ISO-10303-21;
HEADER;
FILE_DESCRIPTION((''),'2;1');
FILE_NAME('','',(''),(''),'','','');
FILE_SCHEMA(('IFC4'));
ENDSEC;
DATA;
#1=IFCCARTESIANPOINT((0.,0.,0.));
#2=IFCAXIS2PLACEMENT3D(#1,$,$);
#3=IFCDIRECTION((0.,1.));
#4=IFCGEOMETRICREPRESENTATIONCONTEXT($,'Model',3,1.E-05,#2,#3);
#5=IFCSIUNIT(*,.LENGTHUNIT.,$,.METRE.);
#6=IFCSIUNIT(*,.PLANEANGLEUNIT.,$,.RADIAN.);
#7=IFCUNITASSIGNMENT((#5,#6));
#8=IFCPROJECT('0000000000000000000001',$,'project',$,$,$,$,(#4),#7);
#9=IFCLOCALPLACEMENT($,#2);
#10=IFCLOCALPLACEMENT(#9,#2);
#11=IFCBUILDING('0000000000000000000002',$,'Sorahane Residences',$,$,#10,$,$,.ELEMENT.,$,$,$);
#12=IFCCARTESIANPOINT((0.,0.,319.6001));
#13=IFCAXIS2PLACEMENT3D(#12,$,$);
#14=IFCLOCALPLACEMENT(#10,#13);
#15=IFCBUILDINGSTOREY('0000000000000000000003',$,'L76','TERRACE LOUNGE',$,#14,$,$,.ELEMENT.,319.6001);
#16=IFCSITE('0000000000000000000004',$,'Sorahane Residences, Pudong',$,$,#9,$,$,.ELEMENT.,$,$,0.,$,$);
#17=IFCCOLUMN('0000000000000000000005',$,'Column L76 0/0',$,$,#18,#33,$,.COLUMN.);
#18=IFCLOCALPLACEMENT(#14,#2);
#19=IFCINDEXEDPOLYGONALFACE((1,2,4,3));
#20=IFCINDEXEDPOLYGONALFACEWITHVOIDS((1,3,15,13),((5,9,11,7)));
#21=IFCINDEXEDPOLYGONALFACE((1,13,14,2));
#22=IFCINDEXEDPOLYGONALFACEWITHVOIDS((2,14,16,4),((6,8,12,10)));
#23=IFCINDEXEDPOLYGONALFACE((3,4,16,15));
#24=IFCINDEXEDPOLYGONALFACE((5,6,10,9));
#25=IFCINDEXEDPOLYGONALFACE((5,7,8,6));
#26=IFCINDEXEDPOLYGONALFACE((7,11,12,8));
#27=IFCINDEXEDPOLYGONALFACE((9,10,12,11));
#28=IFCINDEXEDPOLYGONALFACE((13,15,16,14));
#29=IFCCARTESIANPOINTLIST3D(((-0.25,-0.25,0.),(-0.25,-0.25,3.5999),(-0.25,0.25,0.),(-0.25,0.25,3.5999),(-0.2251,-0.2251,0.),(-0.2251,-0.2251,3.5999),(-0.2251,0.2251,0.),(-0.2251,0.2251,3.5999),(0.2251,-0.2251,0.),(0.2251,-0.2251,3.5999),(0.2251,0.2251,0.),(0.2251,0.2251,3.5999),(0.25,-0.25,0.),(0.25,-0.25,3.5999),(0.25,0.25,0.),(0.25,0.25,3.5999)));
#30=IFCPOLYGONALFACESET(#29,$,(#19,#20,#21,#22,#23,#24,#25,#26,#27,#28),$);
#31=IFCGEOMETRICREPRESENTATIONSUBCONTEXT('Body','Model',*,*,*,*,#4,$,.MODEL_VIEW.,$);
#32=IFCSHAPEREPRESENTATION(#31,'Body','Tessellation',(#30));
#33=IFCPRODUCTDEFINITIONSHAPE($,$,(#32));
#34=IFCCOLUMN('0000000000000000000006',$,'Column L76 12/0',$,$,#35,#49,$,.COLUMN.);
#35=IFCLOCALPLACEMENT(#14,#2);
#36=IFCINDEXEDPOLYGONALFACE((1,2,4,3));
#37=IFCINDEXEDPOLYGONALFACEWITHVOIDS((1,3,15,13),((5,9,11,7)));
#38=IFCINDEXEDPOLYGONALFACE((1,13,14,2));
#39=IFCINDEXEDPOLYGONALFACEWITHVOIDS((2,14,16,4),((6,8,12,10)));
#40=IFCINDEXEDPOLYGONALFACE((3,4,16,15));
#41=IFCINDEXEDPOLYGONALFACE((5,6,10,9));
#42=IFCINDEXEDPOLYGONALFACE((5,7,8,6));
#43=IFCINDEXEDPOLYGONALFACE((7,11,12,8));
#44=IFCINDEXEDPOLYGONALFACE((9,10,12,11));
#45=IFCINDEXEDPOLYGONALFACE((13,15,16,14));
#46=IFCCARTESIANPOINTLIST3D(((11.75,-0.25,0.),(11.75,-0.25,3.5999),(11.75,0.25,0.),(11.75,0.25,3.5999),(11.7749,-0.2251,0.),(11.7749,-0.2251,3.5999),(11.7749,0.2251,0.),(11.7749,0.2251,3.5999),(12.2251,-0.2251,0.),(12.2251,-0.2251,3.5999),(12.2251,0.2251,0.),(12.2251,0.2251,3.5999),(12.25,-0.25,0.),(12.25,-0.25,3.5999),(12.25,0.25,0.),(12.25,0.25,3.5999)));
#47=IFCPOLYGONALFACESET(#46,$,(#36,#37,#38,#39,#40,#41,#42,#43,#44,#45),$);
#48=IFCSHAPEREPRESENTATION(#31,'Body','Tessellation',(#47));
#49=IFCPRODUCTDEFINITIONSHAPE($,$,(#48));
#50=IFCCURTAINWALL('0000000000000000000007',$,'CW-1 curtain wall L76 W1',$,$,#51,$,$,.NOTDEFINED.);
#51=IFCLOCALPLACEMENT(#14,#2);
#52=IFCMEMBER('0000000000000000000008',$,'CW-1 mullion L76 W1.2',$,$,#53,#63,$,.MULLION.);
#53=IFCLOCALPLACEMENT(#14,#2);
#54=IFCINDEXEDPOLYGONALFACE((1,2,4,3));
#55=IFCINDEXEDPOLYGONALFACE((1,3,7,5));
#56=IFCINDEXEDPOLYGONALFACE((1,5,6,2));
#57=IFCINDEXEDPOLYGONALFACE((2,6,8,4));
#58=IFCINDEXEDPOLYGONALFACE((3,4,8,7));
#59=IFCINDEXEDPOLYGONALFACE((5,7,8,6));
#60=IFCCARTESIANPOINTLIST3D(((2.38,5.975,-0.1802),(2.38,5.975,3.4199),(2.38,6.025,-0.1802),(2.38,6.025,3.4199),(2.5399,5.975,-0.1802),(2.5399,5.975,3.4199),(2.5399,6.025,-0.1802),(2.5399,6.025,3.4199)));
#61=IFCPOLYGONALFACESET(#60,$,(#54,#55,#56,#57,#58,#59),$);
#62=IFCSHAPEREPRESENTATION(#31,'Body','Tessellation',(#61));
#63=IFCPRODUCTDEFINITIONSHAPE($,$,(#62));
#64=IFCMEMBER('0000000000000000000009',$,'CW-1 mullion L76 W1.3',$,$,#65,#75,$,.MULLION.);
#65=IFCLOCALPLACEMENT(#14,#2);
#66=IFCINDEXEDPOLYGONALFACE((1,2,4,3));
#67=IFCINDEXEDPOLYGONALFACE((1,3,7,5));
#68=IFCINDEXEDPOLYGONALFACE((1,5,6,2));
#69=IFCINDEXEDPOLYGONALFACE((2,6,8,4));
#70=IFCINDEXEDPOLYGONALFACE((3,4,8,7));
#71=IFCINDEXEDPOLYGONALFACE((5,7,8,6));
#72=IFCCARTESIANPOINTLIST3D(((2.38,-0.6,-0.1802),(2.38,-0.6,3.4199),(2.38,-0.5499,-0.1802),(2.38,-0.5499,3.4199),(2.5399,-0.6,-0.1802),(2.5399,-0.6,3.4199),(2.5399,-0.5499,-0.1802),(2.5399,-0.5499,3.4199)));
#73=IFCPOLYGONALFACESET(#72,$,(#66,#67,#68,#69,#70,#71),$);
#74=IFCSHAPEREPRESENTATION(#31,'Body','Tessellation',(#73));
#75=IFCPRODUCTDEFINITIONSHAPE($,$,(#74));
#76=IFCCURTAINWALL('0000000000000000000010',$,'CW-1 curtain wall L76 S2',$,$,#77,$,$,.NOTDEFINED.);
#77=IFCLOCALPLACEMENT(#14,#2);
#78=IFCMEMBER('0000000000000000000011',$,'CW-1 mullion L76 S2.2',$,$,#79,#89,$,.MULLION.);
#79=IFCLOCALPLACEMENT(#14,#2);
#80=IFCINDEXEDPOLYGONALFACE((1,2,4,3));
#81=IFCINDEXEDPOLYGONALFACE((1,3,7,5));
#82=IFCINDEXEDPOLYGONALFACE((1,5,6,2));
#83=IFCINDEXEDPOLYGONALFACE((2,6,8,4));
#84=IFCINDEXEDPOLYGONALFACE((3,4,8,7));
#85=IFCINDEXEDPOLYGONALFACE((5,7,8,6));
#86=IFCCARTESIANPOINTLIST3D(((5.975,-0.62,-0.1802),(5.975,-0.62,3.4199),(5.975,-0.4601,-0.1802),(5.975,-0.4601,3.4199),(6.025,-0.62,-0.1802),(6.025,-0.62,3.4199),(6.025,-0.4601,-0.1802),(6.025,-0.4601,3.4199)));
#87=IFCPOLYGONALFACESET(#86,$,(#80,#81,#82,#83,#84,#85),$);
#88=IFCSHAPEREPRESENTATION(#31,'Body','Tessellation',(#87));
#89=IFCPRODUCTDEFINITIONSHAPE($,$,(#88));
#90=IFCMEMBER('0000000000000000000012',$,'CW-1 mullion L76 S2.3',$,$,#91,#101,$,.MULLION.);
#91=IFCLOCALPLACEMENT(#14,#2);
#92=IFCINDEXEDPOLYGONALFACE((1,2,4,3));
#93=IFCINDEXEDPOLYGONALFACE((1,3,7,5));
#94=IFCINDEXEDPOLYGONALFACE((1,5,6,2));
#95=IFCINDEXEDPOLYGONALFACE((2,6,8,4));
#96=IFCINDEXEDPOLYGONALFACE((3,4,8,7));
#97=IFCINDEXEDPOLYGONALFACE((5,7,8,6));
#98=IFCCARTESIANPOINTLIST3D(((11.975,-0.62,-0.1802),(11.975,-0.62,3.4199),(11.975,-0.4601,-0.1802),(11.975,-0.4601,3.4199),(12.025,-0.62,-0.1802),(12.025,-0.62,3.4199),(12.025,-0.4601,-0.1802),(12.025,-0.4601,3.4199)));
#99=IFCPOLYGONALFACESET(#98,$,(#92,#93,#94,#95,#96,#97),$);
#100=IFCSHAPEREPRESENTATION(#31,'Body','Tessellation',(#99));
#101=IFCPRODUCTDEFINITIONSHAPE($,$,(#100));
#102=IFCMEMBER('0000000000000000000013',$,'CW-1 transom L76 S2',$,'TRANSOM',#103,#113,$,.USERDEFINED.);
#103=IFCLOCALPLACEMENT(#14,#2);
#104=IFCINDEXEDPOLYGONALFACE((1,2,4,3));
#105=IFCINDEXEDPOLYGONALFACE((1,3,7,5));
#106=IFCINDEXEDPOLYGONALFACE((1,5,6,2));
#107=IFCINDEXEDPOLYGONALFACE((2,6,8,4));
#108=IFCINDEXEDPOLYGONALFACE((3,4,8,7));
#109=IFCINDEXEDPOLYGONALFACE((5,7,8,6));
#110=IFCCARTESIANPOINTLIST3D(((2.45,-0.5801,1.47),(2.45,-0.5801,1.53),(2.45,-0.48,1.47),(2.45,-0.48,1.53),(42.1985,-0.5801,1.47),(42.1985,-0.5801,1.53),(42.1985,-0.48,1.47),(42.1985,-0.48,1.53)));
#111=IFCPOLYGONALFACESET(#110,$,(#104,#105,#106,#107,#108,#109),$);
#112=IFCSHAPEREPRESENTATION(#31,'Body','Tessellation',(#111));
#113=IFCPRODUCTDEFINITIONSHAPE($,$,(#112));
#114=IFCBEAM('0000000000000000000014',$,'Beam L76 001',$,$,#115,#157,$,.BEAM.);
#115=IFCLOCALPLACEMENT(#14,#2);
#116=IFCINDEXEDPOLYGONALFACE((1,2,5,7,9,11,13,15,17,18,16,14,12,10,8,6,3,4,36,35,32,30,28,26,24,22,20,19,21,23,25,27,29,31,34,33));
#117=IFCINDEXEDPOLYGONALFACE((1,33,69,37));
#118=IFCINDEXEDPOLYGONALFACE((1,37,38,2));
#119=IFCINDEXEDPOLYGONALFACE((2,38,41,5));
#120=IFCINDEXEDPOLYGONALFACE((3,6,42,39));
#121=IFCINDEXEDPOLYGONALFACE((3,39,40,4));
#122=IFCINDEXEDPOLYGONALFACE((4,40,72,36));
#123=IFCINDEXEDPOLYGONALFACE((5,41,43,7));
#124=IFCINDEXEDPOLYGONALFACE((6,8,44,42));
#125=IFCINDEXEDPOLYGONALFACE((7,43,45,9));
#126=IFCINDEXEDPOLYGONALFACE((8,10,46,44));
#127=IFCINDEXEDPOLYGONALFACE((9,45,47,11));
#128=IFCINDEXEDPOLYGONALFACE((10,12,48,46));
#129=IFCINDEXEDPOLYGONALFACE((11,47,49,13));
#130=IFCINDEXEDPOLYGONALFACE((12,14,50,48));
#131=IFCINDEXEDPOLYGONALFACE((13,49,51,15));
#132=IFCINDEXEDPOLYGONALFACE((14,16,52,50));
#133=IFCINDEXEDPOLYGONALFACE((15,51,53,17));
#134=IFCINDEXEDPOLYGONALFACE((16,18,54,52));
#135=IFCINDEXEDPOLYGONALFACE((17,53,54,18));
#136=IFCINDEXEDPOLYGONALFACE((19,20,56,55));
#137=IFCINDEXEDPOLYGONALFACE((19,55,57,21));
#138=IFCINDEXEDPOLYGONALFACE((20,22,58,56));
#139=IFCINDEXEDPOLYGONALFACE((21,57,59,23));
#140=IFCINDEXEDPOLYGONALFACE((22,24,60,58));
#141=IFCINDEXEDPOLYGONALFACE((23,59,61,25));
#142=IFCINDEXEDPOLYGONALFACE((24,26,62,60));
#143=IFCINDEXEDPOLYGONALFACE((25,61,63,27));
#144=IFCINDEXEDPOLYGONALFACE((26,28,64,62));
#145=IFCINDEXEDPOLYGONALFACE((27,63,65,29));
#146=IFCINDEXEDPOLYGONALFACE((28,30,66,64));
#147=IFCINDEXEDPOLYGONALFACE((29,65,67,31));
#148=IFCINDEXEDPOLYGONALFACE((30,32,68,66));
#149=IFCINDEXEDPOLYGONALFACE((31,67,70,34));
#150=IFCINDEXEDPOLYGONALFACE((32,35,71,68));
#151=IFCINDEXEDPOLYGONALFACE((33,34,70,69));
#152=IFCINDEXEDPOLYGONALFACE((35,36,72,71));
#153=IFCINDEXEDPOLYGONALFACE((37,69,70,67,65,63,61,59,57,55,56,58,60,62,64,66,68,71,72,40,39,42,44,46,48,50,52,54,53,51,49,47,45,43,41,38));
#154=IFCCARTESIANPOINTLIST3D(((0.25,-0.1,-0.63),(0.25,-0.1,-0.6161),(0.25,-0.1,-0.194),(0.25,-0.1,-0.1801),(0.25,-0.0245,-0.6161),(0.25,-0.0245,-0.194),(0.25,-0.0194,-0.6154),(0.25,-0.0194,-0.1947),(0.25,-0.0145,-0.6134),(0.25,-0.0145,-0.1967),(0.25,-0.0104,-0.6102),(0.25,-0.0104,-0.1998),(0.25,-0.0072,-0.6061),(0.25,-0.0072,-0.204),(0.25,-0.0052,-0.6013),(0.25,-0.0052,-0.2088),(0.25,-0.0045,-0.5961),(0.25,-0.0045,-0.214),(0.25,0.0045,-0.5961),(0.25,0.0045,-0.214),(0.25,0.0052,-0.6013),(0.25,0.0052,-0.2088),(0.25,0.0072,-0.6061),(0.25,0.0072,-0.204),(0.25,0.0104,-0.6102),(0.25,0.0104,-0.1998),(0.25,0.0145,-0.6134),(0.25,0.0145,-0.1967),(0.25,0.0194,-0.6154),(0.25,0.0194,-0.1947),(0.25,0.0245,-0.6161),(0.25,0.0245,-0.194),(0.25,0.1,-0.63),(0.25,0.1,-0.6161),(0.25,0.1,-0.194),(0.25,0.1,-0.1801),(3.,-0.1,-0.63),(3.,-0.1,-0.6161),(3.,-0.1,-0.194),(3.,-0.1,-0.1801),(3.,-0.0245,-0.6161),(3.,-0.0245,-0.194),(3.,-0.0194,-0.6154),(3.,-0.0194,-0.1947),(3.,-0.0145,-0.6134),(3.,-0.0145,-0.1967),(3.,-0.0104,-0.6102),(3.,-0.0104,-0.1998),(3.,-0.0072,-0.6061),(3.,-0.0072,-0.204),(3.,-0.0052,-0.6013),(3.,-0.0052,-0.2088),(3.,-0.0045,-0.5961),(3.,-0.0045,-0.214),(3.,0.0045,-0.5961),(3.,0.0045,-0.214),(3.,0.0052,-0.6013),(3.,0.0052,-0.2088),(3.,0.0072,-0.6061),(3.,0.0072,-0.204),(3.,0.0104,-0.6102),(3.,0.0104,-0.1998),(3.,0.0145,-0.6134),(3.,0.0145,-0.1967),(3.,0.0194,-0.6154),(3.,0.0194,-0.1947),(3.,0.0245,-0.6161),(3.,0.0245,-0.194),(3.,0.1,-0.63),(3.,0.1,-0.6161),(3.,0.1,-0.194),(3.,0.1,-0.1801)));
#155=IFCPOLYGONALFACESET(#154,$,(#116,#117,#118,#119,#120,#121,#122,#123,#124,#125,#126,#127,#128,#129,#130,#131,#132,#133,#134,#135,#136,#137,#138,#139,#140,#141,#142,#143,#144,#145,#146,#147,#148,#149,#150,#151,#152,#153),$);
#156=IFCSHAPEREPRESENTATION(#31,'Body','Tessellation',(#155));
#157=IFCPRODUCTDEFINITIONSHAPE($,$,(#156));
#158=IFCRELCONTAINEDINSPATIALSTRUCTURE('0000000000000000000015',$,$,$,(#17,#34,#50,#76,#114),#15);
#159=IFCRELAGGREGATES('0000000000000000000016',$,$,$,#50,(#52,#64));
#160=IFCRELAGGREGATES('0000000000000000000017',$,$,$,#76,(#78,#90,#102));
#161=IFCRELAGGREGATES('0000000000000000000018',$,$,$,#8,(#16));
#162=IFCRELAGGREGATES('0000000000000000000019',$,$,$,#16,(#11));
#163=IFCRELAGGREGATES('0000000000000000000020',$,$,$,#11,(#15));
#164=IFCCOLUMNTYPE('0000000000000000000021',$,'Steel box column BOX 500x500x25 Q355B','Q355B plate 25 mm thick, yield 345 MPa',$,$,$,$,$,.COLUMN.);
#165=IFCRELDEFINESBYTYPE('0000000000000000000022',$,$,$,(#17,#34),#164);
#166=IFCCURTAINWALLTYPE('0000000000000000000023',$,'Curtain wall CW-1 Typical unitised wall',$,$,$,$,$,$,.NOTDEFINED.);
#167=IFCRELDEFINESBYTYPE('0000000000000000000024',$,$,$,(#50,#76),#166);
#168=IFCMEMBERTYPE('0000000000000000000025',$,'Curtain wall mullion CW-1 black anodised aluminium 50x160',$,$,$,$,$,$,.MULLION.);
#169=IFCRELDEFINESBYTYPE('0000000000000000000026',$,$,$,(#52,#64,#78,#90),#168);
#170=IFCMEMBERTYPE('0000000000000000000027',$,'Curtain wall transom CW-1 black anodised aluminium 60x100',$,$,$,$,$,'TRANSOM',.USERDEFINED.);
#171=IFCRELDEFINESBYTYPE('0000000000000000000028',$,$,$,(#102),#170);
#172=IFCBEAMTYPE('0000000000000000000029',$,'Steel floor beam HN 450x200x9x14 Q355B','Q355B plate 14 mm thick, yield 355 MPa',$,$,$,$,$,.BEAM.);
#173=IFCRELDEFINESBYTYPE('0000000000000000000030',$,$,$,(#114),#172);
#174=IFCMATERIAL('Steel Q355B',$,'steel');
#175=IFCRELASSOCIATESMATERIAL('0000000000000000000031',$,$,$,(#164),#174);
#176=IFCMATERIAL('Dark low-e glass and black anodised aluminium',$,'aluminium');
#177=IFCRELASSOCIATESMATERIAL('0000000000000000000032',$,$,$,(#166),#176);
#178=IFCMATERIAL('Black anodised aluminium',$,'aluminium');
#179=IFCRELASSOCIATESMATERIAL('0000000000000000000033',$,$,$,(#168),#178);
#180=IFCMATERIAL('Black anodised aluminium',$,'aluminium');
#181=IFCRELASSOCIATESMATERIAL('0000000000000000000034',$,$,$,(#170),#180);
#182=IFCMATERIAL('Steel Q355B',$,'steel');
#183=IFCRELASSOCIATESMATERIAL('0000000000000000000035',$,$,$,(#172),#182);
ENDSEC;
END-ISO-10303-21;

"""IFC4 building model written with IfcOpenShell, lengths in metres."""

from ifc_helpers import new_model, si_unit, direction, frame, origin, origin_2d, place, context, subcontext, project, spatial, rectangle, hollow_rectangle, i_section, extrude, material, material_profile, profile_set, type_object, element, aggregate, save


model = new_model("IFC4")

# Units and contexts
model_context = context("Model", 3, precision=1e-05, world=origin(), true_north=direction((0.0, 1.0)))
body_context = subcontext(model_context, "Body", "Model", "MODEL_VIEW")
ifc_project = project(units=[si_unit("LENGTHUNIT", "METRE"), si_unit("PLANEANGLEUNIT", "RADIAN")], contexts=[model_context])

# Site, building, storey
site_placement = place(None, origin())
site = spatial("IfcSite", under=ifc_project, at=site_placement, Name="Sorahane Residences, Pudong", CompositionType="ELEMENT", RefElevation=0.0)
building_placement = place(site_placement, origin())
building = spatial("IfcBuilding", under=site, at=building_placement, Name="Sorahane Residences", CompositionType="ELEMENT")
storey_placement = place(building_placement, frame((0.0, 0.0, 319.6001)))
storey = spatial("IfcBuildingStorey", under=building, at=storey_placement, Name="L76", Description="TERRACE LOUNGE", CompositionType="ELEMENT", Elevation=319.6001)

# Columns
ifc_material_1 = material(Name="Steel Q355B", Category="steel")
ifc_material_profile_1 = material_profile(ifc_material_1, hollow_rectangle(XDim=0.5, YDim=0.5, WallThickness=0.0249, at=origin_2d()), Name="BOX 500x500x25")
ifc_profile_set_1 = profile_set([ifc_material_profile_1], Name="Steel Q355B")
column_type = type_object("IfcColumnType", Name="Steel box column BOX 500x500x25 Q355B", Description="Q355B plate 25 mm thick, yield 345 MPa", PredefinedType="COLUMN", material=ifc_profile_set_1)
for number, where, z_axis, x_axis, name in (
    (1, (0.0, 0.0, 0.0), (0.0, 0.0, 1.0), (1.0, 0.0, 0.0), "Column L76 0/0"),
    (2, (12.0, 0.0, 0.0), (0.0, 0.0, 1.0), (1.0, 0.0, 0.0), "Column L76 12/0"),
):
    element("IfcColumn", number, at=place(storey_placement, frame(where, z_axis=z_axis, x_axis=x_axis)), inside=storey, type_object=column_type, Name=name, PredefinedType="COLUMN", context=body_context, shape_type="SweptSolid", body=[
        extrude(hollow_rectangle(XDim=0.5, YDim=0.5, WallThickness=0.0249, at=origin_2d()), origin(), (0.0, 0.0, 1.0), 3.5999),
    ])

# Curtain walls, members
ifc_material_2 = material(Name="Dark low-e glass and black anodised aluminium", Category="aluminium")
curtain_wall_type = type_object("IfcCurtainWallType", Name="Curtain wall CW-1 Typical unitised wall", PredefinedType="NOTDEFINED", material=ifc_material_2)
curtain_wall_1_placement = place(storey_placement, origin())
curtain_wall_1 = element("IfcCurtainWall", 3, at=curtain_wall_1_placement, inside=storey, type_object=curtain_wall_type, Name="CW-1 curtain wall L76 W1", PredefinedType="NOTDEFINED")
ifc_material_3 = material(Name="Black anodised aluminium", Category="aluminium")
ifc_material_profile_2 = material_profile(ifc_material_3, rectangle(XDim=0.1599, YDim=0.05, at=origin_2d()), Name="Curtain wall mullion CW-1 black anodised aluminium 50x160")
ifc_profile_set_2 = profile_set([ifc_material_profile_2], Name="Black anodised aluminium")
member_type_1 = type_object("IfcMemberType", Name="Curtain wall mullion CW-1 black anodised aluminium 50x160", PredefinedType="MULLION", material=ifc_profile_set_2)
member_1_placement = place(storey_placement, frame((2.46, 6.0, -0.1802), z_axis=(0.0, 0.0, 1.0), x_axis=(-1.0, 0.0, 0.0)))
member_1 = element("IfcMember", 4, at=member_1_placement, type_object=member_type_1, Name="CW-1 mullion L76 W1.2", PredefinedType="MULLION", context=body_context, shape_type="SweptSolid", body=[
    extrude(rectangle(XDim=0.1599, YDim=0.05, at=origin_2d()), origin(), (0.0, 0.0, 1.0), 3.6001),
])
member_2_placement = place(storey_placement, frame((2.46, -0.575, -0.1802), z_axis=(0.0, 0.0, 1.0), x_axis=(-1.0, 0.0, 0.0)))
member_2 = element("IfcMember", 5, at=member_2_placement, type_object=member_type_1, Name="CW-1 mullion L76 W1.3", PredefinedType="MULLION", context=body_context, shape_type="SweptSolid", body=[
    extrude(rectangle(XDim=0.1599, YDim=0.05, at=origin_2d()), origin(), (0.0, 0.0, 1.0), 3.6001),
])
curtain_wall_2_placement = place(storey_placement, origin())
curtain_wall_2 = element("IfcCurtainWall", 6, at=curtain_wall_2_placement, inside=storey, type_object=curtain_wall_type, Name="CW-1 curtain wall L76 S2", PredefinedType="NOTDEFINED")
member_3_placement = place(storey_placement, frame((6.0, -0.54, -0.1802), z_axis=(0.0, 0.0, 1.0), x_axis=(0.0, -1.0, 0.0)))
member_3 = element("IfcMember", 7, at=member_3_placement, type_object=member_type_1, Name="CW-1 mullion L76 S2.2", PredefinedType="MULLION", context=body_context, shape_type="SweptSolid", body=[
    extrude(rectangle(XDim=0.1599, YDim=0.05, at=origin_2d()), origin(), (0.0, 0.0, 1.0), 3.6001),
])
member_4_placement = place(storey_placement, frame((12.0, -0.54, -0.1802), z_axis=(0.0, 0.0, 1.0), x_axis=(0.0, -1.0, 0.0)))
member_4 = element("IfcMember", 8, at=member_4_placement, type_object=member_type_1, Name="CW-1 mullion L76 S2.3", PredefinedType="MULLION", context=body_context, shape_type="SweptSolid", body=[
    extrude(rectangle(XDim=0.1599, YDim=0.05, at=origin_2d()), origin(), (0.0, 0.0, 1.0), 3.6001),
])
ifc_material_4 = material(Name="Black anodised aluminium", Category="aluminium")
ifc_material_profile_3 = material_profile(ifc_material_4, rectangle(XDim=0.1001, YDim=0.0601, at=origin_2d()), Name="Curtain wall transom CW-1 black anodised aluminium 60x100")
ifc_profile_set_3 = profile_set([ifc_material_profile_3], Name="Black anodised aluminium")
member_type_2 = type_object("IfcMemberType", Name="Curtain wall transom CW-1 black anodised aluminium 60x100", ElementType="TRANSOM", PredefinedType="USERDEFINED", material=ifc_profile_set_3)
member_5_placement = place(storey_placement, frame((2.45, -0.53, 1.5), z_axis=(1.0, 0.0, 0.0), x_axis=(0.0, 1.0, 0.0)))
member_5 = element("IfcMember", 9, at=member_5_placement, type_object=member_type_2, Name="CW-1 transom L76 S2", ObjectType="TRANSOM", PredefinedType="USERDEFINED", context=body_context, shape_type="SweptSolid", body=[
    extrude(rectangle(XDim=0.1001, YDim=0.0601, at=origin_2d()), origin(), (0.0, 0.0, 1.0), 39.7485),
])

# Beam
ifc_material_5 = material(Name="Steel Q355B", Category="steel")
ifc_material_profile_4 = material_profile(ifc_material_5, i_section(OverallWidth=0.2, OverallDepth=0.45, WebThickness=0.009, FlangeThickness=0.0139, FilletRadius=0.02, at=origin_2d()), Name="HN 450x200x9x14")
ifc_profile_set_4 = profile_set([ifc_material_profile_4], Name="Steel Q355B")
beam_type_1 = type_object("IfcBeamType", Name="Steel floor beam HN 450x200x9x14 Q355B", Description="Q355B plate 14 mm thick, yield 355 MPa", PredefinedType="BEAM", material=ifc_profile_set_4)
beam_1_placement = place(storey_placement, frame((0.25, 0.0, -0.405), z_axis=(1.0, 0.0, 0.0), x_axis=(0.0, 1.0, 0.0)))
element("IfcBeam", 10, at=beam_1_placement, inside=storey, type_object=beam_type_1, Name="Beam L76 001", PredefinedType="BEAM", context=body_context, shape_type="SweptSolid", body=[
    extrude(i_section(OverallWidth=0.2, OverallDepth=0.45, WebThickness=0.009, FlangeThickness=0.0139, FilletRadius=0.02, at=origin_2d()), origin(), (0.0, 0.0, 1.0), 2.75),
])

aggregate(curtain_wall_1, [member_1, member_2])
aggregate(curtain_wall_2, [member_3, member_4, member_5])

save(model, "model.ifc")
